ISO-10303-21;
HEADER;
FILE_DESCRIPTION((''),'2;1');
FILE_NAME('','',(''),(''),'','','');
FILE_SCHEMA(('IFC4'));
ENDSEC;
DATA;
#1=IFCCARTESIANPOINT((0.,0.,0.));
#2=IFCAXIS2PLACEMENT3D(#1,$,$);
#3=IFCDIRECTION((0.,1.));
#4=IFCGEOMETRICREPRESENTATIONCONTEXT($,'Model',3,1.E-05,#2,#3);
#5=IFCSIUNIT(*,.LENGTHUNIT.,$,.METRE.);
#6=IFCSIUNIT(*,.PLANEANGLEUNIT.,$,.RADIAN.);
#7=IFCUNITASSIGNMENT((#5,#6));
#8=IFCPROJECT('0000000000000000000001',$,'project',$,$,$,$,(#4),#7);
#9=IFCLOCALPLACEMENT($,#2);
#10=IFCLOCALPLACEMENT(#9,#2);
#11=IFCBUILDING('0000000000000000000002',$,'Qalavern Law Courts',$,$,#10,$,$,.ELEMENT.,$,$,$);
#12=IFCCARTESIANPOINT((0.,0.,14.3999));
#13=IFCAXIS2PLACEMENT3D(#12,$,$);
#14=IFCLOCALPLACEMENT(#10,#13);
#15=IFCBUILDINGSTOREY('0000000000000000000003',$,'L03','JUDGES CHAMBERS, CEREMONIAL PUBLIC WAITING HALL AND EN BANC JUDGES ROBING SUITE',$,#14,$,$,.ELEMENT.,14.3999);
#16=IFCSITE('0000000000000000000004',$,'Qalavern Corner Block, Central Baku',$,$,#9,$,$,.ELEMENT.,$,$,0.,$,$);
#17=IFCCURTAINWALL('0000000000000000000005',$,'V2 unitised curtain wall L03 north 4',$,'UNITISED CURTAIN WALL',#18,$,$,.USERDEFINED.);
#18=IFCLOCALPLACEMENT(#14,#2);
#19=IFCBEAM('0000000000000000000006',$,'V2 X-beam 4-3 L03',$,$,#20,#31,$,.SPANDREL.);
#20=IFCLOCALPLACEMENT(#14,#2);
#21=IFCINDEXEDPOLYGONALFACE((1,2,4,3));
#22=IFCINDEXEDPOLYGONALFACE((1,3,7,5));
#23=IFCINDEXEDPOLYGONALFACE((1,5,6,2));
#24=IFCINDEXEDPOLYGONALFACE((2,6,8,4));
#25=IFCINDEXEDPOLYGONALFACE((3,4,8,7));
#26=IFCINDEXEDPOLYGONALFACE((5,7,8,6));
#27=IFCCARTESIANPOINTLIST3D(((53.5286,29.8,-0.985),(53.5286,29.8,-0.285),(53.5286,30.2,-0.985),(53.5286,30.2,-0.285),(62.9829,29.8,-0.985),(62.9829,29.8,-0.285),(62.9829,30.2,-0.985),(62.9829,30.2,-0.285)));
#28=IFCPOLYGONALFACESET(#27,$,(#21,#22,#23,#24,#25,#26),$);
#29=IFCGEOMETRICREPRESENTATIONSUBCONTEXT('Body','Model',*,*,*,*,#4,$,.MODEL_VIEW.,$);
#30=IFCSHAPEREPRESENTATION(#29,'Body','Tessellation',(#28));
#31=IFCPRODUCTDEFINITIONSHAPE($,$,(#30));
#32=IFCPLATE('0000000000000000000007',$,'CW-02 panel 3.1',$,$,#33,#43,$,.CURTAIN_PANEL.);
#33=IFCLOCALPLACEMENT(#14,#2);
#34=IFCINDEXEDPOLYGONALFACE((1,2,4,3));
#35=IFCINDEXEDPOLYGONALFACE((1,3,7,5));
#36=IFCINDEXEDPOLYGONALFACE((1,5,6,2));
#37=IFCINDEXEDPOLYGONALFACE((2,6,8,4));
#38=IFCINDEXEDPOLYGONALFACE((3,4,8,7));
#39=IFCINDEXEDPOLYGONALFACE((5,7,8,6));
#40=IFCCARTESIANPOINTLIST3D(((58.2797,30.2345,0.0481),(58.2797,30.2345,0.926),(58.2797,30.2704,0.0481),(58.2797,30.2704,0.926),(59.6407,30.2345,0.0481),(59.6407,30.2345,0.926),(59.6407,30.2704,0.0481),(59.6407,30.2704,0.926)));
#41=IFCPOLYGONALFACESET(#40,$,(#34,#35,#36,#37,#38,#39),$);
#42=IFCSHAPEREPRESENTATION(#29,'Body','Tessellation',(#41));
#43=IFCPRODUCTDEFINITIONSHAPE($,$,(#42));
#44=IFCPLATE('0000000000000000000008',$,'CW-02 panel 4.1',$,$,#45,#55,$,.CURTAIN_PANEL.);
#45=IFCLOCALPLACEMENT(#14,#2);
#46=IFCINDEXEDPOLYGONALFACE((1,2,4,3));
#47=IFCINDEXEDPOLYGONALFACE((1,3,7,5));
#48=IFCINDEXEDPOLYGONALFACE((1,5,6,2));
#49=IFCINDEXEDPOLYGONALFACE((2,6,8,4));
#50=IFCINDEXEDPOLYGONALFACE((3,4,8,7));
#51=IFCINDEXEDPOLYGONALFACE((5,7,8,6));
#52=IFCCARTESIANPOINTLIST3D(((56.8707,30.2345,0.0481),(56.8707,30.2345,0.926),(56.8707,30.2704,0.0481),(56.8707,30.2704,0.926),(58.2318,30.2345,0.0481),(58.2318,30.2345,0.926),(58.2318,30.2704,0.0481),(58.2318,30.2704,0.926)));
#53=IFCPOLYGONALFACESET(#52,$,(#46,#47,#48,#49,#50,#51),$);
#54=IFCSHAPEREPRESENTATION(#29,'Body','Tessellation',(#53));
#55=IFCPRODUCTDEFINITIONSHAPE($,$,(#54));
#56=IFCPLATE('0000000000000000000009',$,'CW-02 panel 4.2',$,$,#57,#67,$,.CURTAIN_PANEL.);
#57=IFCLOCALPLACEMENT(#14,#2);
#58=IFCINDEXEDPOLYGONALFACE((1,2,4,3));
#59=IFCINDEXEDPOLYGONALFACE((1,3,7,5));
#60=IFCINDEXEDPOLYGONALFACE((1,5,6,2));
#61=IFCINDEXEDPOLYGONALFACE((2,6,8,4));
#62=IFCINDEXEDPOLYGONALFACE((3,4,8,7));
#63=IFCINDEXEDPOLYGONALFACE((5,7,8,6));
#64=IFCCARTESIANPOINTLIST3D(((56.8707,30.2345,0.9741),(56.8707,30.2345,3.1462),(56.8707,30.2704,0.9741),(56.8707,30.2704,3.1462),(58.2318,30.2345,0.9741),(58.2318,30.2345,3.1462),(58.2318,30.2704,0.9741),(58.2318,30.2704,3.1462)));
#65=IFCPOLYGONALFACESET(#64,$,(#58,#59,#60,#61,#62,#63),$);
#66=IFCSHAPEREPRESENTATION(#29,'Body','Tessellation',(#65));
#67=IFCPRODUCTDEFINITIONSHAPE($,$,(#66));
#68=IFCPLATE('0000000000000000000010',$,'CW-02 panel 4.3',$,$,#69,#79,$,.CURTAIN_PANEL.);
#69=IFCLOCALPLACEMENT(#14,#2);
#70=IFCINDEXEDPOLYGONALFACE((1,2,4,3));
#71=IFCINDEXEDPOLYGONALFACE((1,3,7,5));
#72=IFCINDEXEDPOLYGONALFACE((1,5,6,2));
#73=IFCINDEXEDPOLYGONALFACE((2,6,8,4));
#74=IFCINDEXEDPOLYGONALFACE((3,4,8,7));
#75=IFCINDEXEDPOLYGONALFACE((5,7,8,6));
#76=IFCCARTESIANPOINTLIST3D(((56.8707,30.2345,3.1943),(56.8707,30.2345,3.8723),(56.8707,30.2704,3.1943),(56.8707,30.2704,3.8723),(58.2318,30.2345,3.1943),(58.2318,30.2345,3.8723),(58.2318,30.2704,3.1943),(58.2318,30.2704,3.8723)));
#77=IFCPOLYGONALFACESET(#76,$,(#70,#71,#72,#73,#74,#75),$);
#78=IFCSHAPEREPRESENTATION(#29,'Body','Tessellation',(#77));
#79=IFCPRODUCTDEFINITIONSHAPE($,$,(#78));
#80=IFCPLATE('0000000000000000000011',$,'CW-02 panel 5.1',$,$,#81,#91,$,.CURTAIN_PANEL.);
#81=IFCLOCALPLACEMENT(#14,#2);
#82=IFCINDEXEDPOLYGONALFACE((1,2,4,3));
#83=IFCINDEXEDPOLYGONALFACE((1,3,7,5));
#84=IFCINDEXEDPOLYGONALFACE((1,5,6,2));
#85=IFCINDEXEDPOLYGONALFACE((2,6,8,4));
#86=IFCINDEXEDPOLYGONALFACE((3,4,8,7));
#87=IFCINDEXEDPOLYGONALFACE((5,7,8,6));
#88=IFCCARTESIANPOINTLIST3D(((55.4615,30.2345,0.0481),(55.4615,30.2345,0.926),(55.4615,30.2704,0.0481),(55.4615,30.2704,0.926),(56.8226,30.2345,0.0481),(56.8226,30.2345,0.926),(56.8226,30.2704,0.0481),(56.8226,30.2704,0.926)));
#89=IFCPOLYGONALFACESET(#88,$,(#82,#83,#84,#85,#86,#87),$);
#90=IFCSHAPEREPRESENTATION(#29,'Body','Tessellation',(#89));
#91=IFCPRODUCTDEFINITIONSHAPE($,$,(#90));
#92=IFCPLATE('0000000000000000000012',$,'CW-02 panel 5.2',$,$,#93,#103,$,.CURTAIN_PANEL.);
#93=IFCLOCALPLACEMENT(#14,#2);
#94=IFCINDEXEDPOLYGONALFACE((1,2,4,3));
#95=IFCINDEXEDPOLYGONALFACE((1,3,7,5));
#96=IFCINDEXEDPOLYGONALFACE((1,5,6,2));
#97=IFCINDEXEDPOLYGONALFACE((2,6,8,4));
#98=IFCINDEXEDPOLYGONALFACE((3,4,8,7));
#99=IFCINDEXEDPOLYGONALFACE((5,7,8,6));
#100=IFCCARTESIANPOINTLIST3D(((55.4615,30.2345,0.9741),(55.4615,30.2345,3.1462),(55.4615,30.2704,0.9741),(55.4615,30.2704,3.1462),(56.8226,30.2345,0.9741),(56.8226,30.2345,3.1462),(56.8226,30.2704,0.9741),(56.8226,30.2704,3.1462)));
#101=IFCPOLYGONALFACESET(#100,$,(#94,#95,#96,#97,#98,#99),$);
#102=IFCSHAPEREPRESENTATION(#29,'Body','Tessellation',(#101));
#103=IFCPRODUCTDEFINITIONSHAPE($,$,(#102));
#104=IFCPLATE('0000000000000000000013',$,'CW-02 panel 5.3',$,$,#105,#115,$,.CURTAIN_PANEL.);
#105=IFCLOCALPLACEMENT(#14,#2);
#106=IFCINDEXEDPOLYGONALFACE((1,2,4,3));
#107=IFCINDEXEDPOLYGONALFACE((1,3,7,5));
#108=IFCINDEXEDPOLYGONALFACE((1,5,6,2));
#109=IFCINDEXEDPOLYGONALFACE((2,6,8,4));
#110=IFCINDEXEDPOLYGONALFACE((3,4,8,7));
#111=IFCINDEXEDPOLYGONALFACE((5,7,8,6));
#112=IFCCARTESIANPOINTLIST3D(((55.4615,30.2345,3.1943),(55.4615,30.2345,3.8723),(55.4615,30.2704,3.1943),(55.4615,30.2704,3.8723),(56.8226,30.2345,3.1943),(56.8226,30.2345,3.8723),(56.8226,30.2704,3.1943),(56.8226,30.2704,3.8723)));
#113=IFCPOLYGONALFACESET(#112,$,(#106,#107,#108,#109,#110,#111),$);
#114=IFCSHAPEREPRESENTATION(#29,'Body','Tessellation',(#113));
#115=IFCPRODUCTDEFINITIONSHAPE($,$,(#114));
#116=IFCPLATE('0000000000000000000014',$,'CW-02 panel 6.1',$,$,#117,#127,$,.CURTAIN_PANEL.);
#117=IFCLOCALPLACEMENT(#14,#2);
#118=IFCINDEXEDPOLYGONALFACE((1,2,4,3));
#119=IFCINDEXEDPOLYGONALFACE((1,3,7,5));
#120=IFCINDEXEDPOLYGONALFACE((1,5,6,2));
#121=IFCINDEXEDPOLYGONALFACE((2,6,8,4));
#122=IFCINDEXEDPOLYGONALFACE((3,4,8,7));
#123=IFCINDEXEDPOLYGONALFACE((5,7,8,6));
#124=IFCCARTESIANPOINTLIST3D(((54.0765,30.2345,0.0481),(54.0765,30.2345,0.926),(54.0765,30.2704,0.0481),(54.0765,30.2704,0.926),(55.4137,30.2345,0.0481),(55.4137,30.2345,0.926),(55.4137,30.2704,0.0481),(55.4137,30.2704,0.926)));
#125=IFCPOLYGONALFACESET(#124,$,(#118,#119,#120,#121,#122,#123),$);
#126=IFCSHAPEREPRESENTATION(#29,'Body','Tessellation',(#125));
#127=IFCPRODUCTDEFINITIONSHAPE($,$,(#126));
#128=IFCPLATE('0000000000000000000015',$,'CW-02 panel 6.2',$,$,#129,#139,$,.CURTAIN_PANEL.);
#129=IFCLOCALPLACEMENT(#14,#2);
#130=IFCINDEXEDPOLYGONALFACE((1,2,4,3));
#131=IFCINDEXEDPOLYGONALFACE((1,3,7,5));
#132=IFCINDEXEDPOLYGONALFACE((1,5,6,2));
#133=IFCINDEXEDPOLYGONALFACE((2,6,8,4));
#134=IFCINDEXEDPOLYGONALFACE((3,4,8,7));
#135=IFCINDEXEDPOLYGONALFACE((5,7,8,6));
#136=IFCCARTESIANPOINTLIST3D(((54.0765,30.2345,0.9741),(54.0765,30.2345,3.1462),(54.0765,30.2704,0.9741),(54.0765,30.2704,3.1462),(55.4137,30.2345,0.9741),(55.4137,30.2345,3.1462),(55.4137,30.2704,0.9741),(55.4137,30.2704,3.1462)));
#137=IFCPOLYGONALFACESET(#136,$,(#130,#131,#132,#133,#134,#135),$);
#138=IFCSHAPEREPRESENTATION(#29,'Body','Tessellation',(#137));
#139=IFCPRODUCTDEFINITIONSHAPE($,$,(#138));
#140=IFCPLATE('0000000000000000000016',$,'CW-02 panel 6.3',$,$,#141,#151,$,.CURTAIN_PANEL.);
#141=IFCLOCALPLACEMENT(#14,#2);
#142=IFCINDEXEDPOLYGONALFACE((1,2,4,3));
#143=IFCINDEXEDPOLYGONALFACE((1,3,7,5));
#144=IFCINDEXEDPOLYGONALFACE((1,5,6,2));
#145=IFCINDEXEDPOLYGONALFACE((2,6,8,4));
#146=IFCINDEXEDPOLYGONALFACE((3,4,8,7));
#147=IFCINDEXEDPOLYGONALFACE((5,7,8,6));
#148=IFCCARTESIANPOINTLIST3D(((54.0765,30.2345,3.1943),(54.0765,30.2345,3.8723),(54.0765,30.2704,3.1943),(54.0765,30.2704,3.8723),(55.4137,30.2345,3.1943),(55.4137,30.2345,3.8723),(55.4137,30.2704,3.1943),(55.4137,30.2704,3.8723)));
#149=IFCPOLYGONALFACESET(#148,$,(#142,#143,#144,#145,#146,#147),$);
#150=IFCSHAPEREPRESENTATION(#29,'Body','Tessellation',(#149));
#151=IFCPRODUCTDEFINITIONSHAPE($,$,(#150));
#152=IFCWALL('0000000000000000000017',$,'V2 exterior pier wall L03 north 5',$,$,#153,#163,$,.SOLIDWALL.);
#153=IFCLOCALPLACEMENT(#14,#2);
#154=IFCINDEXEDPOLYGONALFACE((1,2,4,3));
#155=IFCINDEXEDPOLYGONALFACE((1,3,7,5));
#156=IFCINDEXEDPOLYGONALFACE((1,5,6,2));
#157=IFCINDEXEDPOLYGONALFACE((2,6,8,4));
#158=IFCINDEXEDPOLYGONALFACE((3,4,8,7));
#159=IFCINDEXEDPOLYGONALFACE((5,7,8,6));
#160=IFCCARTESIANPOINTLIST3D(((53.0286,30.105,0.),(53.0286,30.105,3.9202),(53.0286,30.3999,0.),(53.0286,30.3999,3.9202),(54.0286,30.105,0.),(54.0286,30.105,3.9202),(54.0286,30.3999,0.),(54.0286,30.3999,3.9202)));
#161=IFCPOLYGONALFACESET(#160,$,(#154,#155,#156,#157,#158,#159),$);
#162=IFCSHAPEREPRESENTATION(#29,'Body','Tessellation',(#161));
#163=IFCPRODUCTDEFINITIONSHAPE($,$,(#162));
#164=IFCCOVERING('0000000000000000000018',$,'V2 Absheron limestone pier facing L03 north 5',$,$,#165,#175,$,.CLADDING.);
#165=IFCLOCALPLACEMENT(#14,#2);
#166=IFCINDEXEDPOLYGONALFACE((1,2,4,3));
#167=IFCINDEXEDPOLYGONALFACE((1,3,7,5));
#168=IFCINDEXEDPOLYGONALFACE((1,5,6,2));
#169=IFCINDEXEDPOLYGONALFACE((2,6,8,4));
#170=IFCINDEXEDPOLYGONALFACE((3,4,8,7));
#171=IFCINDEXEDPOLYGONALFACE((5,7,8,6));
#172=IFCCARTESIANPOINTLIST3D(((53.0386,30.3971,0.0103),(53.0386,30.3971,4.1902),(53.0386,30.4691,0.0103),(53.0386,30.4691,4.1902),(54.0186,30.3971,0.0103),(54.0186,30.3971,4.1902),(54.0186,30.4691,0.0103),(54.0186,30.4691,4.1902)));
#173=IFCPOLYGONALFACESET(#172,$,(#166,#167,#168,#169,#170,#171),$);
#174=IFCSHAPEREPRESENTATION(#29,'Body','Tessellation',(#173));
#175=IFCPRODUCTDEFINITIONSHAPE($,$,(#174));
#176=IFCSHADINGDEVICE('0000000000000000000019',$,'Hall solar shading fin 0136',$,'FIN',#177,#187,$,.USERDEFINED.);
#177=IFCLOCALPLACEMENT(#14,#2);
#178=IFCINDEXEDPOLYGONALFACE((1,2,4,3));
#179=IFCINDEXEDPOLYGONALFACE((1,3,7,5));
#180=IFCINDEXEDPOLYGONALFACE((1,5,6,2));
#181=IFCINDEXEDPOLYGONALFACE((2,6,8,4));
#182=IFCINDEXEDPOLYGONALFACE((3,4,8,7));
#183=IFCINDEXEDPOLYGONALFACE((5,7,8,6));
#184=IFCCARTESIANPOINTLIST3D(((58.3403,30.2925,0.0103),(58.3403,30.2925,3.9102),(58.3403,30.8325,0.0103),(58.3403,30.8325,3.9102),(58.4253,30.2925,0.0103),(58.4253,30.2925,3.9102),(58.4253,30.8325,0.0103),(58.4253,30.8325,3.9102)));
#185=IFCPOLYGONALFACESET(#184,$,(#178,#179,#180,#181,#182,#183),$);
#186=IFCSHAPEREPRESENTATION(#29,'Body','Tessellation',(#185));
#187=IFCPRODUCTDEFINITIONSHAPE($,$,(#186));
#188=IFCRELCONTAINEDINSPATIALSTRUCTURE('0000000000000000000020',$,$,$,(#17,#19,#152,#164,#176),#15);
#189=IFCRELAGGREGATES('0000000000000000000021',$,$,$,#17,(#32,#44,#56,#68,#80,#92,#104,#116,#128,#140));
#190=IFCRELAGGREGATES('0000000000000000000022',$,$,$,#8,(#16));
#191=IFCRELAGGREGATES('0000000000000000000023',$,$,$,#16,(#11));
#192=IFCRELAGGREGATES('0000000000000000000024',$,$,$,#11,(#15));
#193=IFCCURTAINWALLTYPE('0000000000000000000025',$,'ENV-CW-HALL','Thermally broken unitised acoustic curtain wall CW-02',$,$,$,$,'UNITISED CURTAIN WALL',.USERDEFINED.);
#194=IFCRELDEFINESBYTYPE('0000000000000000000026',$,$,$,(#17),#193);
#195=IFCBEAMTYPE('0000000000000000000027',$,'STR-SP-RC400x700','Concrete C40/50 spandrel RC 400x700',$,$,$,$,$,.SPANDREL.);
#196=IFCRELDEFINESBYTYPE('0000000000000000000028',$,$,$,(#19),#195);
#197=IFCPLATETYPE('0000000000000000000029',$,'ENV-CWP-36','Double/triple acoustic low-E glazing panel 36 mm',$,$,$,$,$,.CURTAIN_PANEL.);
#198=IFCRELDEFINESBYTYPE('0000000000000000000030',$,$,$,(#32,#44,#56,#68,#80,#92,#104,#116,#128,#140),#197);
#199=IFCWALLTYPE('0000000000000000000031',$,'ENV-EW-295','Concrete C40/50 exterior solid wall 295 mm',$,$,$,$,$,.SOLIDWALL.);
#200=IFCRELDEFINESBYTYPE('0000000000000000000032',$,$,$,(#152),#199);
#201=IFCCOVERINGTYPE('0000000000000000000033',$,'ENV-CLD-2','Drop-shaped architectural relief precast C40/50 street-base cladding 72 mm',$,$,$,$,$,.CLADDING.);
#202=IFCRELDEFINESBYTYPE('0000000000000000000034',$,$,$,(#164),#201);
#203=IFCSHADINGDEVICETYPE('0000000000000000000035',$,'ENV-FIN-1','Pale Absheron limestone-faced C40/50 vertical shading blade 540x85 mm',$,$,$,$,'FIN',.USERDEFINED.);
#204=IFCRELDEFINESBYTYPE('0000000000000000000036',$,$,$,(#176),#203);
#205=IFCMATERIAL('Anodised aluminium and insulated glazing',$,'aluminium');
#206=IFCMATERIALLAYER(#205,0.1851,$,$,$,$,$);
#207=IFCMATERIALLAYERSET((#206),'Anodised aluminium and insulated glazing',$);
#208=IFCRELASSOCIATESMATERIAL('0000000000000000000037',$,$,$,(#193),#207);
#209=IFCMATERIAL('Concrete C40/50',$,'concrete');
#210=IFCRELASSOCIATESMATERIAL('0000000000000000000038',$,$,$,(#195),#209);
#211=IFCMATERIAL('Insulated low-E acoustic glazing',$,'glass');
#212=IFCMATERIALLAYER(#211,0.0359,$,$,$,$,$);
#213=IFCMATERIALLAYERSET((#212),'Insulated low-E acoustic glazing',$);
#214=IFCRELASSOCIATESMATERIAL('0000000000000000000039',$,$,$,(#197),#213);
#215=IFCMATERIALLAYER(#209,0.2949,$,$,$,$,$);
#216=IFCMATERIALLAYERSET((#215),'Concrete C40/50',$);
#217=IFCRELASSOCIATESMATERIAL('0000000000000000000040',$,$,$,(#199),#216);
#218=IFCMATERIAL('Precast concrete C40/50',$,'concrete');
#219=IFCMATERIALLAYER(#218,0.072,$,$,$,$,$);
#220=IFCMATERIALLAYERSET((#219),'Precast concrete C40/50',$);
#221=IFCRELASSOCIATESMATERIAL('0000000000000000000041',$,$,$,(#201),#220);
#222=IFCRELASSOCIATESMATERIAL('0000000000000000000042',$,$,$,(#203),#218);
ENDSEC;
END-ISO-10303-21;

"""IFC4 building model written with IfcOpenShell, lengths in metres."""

from ifc_helpers import new_model, si_unit, direction, frame, frame_2d, origin, origin_2d, place, context, subcontext, project, spatial, rectangle, extrude, material, layer, layer_set, material_profile, profile_set, type_object, element, aggregate, save


model = new_model("IFC4")

# Units and contexts
model_context = context("Model", 3, precision=1e-05, world=origin(), true_north=direction((0.0, 1.0)))
body_context = subcontext(model_context, "Body", "Model", "MODEL_VIEW")
ifc_project = project(units=[si_unit("LENGTHUNIT", "METRE"), si_unit("PLANEANGLEUNIT", "RADIAN")], contexts=[model_context])

# Site, building, storey
site_placement = place(None, origin())
site = spatial("IfcSite", under=ifc_project, at=site_placement, Name="Qalavern Corner Block, Central Baku", CompositionType="ELEMENT", RefElevation=0.0)
building_placement = place(site_placement, origin())
building = spatial("IfcBuilding", under=site, at=building_placement, Name="Qalavern Law Courts", CompositionType="ELEMENT")
storey_placement = place(building_placement, frame((0.0, 0.0, 14.3999)))
storey = spatial("IfcBuildingStorey", under=building, at=storey_placement, Name="L03", Description="JUDGES CHAMBERS, CEREMONIAL PUBLIC WAITING HALL AND EN BANC JUDGES ROBING SUITE", CompositionType="ELEMENT", Elevation=14.3999)

# Curtain wall
ifc_material_1 = material(Name="Anodised aluminium and insulated glazing", Category="aluminium")
ifc_layer_1 = layer(ifc_material_1, 0.1851)
ifc_layer_set_1 = layer_set([ifc_layer_1], Name="Anodised aluminium and insulated glazing")
curtain_wall_type = type_object("IfcCurtainWallType", Name="ENV-CW-HALL", Description="Thermally broken unitised acoustic curtain wall CW-02", ElementType="UNITISED CURTAIN WALL", PredefinedType="USERDEFINED", material=ifc_layer_set_1)
curtain_wall_1_placement = place(storey_placement, origin())
curtain_wall_1 = element("IfcCurtainWall", 1, at=curtain_wall_1_placement, inside=storey, type_object=curtain_wall_type, Name="V2 unitised curtain wall L03 north 4", ObjectType="UNITISED CURTAIN WALL", PredefinedType="USERDEFINED")

# Beam
ifc_material_2 = material(Name="Concrete C40/50", Category="concrete")
ifc_material_profile_1 = material_profile(ifc_material_2, rectangle(XDim=0.3999, YDim=0.7, at=origin_2d()), Name="RC 400x700")
ifc_profile_set_1 = profile_set([ifc_material_profile_1], Name="Concrete C40/50")
beam_type_1 = type_object("IfcBeamType", Name="STR-SP-RC400x700", Description="Concrete C40/50 spandrel RC 400x700", PredefinedType="SPANDREL", material=ifc_profile_set_1)
beam_1_placement = place(storey_placement, frame((53.5286, 30.0, -0.635), z_axis=(1.0, 0.0, 0.0), x_axis=(0.0, 1.0, 0.0)))
element("IfcBeam", 2, at=beam_1_placement, inside=storey, type_object=beam_type_1, Name="V2 X-beam 4-3 L03", PredefinedType="SPANDREL", context=body_context, shape_type="SweptSolid", body=[
    extrude(rectangle(XDim=0.3999, YDim=0.7, at=origin_2d()), origin(), (0.0, 0.0, 1.0), 9.4543),
])

# Plates
ifc_material_3 = material(Name="Insulated low-E acoustic glazing", Category="glass")
ifc_layer_2 = layer(ifc_material_3, 0.0359)
ifc_layer_set_2 = layer_set([ifc_layer_2], Name="Insulated low-E acoustic glazing")
plate_type = type_object("IfcPlateType", Name="ENV-CWP-36", Description="Double/triple acoustic low-E glazing panel 36 mm", PredefinedType="CURTAIN_PANEL", material=ifc_layer_set_2)
plate_1_placement = place(storey_placement, frame((58.9602, 30.2524, 0.0481), z_axis=(0.0, 0.0, 1.0), x_axis=(-1.0, 0.0, 0.0)))
plate_1 = element("IfcPlate", 3, at=plate_1_placement, type_object=plate_type, Name="CW-02 panel 3.1", PredefinedType="CURTAIN_PANEL", context=body_context, shape_type="SweptSolid", body=[
    extrude(rectangle(XDim=1.3611, YDim=0.0359, at=origin_2d()), origin(), (0.0, 0.0, 1.0), 0.8779),
])
plate_2_placement = place(storey_placement, frame((57.5513, 30.2524, 0.0481), z_axis=(0.0, 0.0, 1.0), x_axis=(-1.0, 0.0, 0.0)))
plate_2 = element("IfcPlate", 4, at=plate_2_placement, type_object=plate_type, Name="CW-02 panel 4.1", PredefinedType="CURTAIN_PANEL", context=body_context, shape_type="SweptSolid", body=[
    extrude(rectangle(XDim=1.3611, YDim=0.0359, at=origin_2d()), origin(), (0.0, 0.0, 1.0), 0.8779),
])
plate_3_placement = place(storey_placement, frame((57.5513, 30.2524, 0.9741), z_axis=(0.0, 0.0, 1.0), x_axis=(-1.0, 0.0, 0.0)))
plate_3 = element("IfcPlate", 5, at=plate_3_placement, type_object=plate_type, Name="CW-02 panel 4.2", PredefinedType="CURTAIN_PANEL", context=body_context, shape_type="SweptSolid", body=[
    extrude(rectangle(XDim=1.3611, YDim=0.0359, at=origin_2d()), origin(), (0.0, 0.0, 1.0), 2.1721),
])
plate_4_placement = place(storey_placement, frame((57.5513, 30.2524, 3.1943), z_axis=(0.0, 0.0, 1.0), x_axis=(-1.0, 0.0, 0.0)))
plate_4 = element("IfcPlate", 6, at=plate_4_placement, type_object=plate_type, Name="CW-02 panel 4.3", PredefinedType="CURTAIN_PANEL", context=body_context, shape_type="SweptSolid", body=[
    extrude(rectangle(XDim=1.3611, YDim=0.0359, at=origin_2d()), origin(), (0.0, 0.0, 1.0), 0.678),
])
plate_5_placement = place(storey_placement, frame((56.1421, 30.2524, 0.0481), z_axis=(0.0, 0.0, 1.0), x_axis=(-1.0, 0.0, 0.0)))
plate_5 = element("IfcPlate", 7, at=plate_5_placement, type_object=plate_type, Name="CW-02 panel 5.1", PredefinedType="CURTAIN_PANEL", context=body_context, shape_type="SweptSolid", body=[
    extrude(rectangle(XDim=1.3611, YDim=0.0359, at=origin_2d()), origin(), (0.0, 0.0, 1.0), 0.8779),
])
plate_6_placement = place(storey_placement, frame((56.1421, 30.2524, 0.9741), z_axis=(0.0, 0.0, 1.0), x_axis=(-1.0, 0.0, 0.0)))
plate_6 = element("IfcPlate", 8, at=plate_6_placement, type_object=plate_type, Name="CW-02 panel 5.2", PredefinedType="CURTAIN_PANEL", context=body_context, shape_type="SweptSolid", body=[
    extrude(rectangle(XDim=1.3611, YDim=0.0359, at=origin_2d()), origin(), (0.0, 0.0, 1.0), 2.1721),
])
plate_7_placement = place(storey_placement, frame((56.1421, 30.2524, 3.1943), z_axis=(0.0, 0.0, 1.0), x_axis=(-1.0, 0.0, 0.0)))
plate_7 = element("IfcPlate", 9, at=plate_7_placement, type_object=plate_type, Name="CW-02 panel 5.3", PredefinedType="CURTAIN_PANEL", context=body_context, shape_type="SweptSolid", body=[
    extrude(rectangle(XDim=1.3611, YDim=0.0359, at=origin_2d()), origin(), (0.0, 0.0, 1.0), 0.678),
])
plate_8_placement = place(storey_placement, frame((54.7451, 30.2524, 0.0481), z_axis=(0.0, 0.0, 1.0), x_axis=(-1.0, 0.0, 0.0)))
plate_8 = element("IfcPlate", 10, at=plate_8_placement, type_object=plate_type, Name="CW-02 panel 6.1", PredefinedType="CURTAIN_PANEL", context=body_context, shape_type="SweptSolid", body=[
    extrude(rectangle(XDim=1.3372, YDim=0.0359, at=origin_2d()), origin(), (0.0, 0.0, 1.0), 0.8779),
])
plate_9_placement = place(storey_placement, frame((54.7451, 30.2524, 0.9741), z_axis=(0.0, 0.0, 1.0), x_axis=(-1.0, 0.0, 0.0)))
plate_9 = element("IfcPlate", 11, at=plate_9_placement, type_object=plate_type, Name="CW-02 panel 6.2", PredefinedType="CURTAIN_PANEL", context=body_context, shape_type="SweptSolid", body=[
    extrude(rectangle(XDim=1.3372, YDim=0.0359, at=origin_2d()), origin(), (0.0, 0.0, 1.0), 2.1721),
])
plate_10_placement = place(storey_placement, frame((54.7451, 30.2524, 3.1943), z_axis=(0.0, 0.0, 1.0), x_axis=(-1.0, 0.0, 0.0)))
plate_10 = element("IfcPlate", 12, at=plate_10_placement, type_object=plate_type, Name="CW-02 panel 6.3", PredefinedType="CURTAIN_PANEL", context=body_context, shape_type="SweptSolid", body=[
    extrude(rectangle(XDim=1.3372, YDim=0.0359, at=origin_2d()), origin(), (0.0, 0.0, 1.0), 0.678),
])
aggregate(curtain_wall_1, [plate_1, plate_2, plate_3, plate_4, plate_5, plate_6, plate_7, plate_8, plate_9, plate_10])

# Wall
ifc_layer_3 = layer(ifc_material_2, 0.2949)
ifc_layer_set_3 = layer_set([ifc_layer_3], Name="Concrete C40/50")
wall_type = type_object("IfcWallType", Name="ENV-EW-295", Description="Concrete C40/50 exterior solid wall 295 mm", PredefinedType="SOLIDWALL", material=ifc_layer_set_3)
wall_placement = place(storey_placement, frame((54.0286, 30.2524, 0.0), z_axis=(0.0, 0.0, 1.0), x_axis=(-1.0, 0.0, 0.0)))
element("IfcWall", 13, at=wall_placement, inside=storey, type_object=wall_type, Name="V2 exterior pier wall L03 north 5", PredefinedType="SOLIDWALL", context=body_context, shape_type="SweptSolid", body=[
    extrude(rectangle(XDim=1.0, YDim=0.2949, at=frame_2d((0.5, 0.0))), origin(), (0.0, 0.0, 1.0), 3.9202),
])

# Covering
ifc_material_4 = material(Name="Precast concrete C40/50", Category="concrete")
ifc_layer_4 = layer(ifc_material_4, 0.072)
ifc_layer_set_4 = layer_set([ifc_layer_4], Name="Precast concrete C40/50")
covering_type = type_object("IfcCoveringType", Name="ENV-CLD-2", Description="Drop-shaped architectural relief precast C40/50 street-base cladding 72 mm", PredefinedType="CLADDING", material=ifc_layer_set_4)
covering_placement = place(storey_placement, frame((53.5286, 30.4331, 0.0103), z_axis=(0.0, 0.0, 1.0), x_axis=(-1.0, 0.0, 0.0)))
element("IfcCovering", 14, at=covering_placement, inside=storey, type_object=covering_type, Name="V2 Absheron limestone pier facing L03 north 5", PredefinedType="CLADDING", context=body_context, shape_type="SweptSolid", body=[
    extrude(rectangle(XDim=0.98, YDim=0.072, at=origin_2d()), origin(), (0.0, 0.0, 1.0), 4.1799),
])

# Shading device
shading_device_type_1 = type_object("IfcShadingDeviceType", Name="ENV-FIN-1", Description="Pale Absheron limestone-faced C40/50 vertical shading blade 540x85 mm", ElementType="FIN", PredefinedType="USERDEFINED", material=ifc_material_4)
shading_device_placement = place(storey_placement, frame((58.3828, 30.5625, 0.0103), z_axis=(0.0, 0.0, 1.0), x_axis=(0.0, 1.0, 0.0)))
element("IfcShadingDevice", 15, at=shading_device_placement, inside=storey, type_object=shading_device_type_1, Name="Hall solar shading fin 0136", ObjectType="FIN", PredefinedType="USERDEFINED", context=body_context, shape_type="SweptSolid", body=[
    extrude(rectangle(XDim=0.54, YDim=0.085, at=origin_2d()), origin(), (0.0, 0.0, 1.0), 3.8999),
])

save(model, "model.ifc")
